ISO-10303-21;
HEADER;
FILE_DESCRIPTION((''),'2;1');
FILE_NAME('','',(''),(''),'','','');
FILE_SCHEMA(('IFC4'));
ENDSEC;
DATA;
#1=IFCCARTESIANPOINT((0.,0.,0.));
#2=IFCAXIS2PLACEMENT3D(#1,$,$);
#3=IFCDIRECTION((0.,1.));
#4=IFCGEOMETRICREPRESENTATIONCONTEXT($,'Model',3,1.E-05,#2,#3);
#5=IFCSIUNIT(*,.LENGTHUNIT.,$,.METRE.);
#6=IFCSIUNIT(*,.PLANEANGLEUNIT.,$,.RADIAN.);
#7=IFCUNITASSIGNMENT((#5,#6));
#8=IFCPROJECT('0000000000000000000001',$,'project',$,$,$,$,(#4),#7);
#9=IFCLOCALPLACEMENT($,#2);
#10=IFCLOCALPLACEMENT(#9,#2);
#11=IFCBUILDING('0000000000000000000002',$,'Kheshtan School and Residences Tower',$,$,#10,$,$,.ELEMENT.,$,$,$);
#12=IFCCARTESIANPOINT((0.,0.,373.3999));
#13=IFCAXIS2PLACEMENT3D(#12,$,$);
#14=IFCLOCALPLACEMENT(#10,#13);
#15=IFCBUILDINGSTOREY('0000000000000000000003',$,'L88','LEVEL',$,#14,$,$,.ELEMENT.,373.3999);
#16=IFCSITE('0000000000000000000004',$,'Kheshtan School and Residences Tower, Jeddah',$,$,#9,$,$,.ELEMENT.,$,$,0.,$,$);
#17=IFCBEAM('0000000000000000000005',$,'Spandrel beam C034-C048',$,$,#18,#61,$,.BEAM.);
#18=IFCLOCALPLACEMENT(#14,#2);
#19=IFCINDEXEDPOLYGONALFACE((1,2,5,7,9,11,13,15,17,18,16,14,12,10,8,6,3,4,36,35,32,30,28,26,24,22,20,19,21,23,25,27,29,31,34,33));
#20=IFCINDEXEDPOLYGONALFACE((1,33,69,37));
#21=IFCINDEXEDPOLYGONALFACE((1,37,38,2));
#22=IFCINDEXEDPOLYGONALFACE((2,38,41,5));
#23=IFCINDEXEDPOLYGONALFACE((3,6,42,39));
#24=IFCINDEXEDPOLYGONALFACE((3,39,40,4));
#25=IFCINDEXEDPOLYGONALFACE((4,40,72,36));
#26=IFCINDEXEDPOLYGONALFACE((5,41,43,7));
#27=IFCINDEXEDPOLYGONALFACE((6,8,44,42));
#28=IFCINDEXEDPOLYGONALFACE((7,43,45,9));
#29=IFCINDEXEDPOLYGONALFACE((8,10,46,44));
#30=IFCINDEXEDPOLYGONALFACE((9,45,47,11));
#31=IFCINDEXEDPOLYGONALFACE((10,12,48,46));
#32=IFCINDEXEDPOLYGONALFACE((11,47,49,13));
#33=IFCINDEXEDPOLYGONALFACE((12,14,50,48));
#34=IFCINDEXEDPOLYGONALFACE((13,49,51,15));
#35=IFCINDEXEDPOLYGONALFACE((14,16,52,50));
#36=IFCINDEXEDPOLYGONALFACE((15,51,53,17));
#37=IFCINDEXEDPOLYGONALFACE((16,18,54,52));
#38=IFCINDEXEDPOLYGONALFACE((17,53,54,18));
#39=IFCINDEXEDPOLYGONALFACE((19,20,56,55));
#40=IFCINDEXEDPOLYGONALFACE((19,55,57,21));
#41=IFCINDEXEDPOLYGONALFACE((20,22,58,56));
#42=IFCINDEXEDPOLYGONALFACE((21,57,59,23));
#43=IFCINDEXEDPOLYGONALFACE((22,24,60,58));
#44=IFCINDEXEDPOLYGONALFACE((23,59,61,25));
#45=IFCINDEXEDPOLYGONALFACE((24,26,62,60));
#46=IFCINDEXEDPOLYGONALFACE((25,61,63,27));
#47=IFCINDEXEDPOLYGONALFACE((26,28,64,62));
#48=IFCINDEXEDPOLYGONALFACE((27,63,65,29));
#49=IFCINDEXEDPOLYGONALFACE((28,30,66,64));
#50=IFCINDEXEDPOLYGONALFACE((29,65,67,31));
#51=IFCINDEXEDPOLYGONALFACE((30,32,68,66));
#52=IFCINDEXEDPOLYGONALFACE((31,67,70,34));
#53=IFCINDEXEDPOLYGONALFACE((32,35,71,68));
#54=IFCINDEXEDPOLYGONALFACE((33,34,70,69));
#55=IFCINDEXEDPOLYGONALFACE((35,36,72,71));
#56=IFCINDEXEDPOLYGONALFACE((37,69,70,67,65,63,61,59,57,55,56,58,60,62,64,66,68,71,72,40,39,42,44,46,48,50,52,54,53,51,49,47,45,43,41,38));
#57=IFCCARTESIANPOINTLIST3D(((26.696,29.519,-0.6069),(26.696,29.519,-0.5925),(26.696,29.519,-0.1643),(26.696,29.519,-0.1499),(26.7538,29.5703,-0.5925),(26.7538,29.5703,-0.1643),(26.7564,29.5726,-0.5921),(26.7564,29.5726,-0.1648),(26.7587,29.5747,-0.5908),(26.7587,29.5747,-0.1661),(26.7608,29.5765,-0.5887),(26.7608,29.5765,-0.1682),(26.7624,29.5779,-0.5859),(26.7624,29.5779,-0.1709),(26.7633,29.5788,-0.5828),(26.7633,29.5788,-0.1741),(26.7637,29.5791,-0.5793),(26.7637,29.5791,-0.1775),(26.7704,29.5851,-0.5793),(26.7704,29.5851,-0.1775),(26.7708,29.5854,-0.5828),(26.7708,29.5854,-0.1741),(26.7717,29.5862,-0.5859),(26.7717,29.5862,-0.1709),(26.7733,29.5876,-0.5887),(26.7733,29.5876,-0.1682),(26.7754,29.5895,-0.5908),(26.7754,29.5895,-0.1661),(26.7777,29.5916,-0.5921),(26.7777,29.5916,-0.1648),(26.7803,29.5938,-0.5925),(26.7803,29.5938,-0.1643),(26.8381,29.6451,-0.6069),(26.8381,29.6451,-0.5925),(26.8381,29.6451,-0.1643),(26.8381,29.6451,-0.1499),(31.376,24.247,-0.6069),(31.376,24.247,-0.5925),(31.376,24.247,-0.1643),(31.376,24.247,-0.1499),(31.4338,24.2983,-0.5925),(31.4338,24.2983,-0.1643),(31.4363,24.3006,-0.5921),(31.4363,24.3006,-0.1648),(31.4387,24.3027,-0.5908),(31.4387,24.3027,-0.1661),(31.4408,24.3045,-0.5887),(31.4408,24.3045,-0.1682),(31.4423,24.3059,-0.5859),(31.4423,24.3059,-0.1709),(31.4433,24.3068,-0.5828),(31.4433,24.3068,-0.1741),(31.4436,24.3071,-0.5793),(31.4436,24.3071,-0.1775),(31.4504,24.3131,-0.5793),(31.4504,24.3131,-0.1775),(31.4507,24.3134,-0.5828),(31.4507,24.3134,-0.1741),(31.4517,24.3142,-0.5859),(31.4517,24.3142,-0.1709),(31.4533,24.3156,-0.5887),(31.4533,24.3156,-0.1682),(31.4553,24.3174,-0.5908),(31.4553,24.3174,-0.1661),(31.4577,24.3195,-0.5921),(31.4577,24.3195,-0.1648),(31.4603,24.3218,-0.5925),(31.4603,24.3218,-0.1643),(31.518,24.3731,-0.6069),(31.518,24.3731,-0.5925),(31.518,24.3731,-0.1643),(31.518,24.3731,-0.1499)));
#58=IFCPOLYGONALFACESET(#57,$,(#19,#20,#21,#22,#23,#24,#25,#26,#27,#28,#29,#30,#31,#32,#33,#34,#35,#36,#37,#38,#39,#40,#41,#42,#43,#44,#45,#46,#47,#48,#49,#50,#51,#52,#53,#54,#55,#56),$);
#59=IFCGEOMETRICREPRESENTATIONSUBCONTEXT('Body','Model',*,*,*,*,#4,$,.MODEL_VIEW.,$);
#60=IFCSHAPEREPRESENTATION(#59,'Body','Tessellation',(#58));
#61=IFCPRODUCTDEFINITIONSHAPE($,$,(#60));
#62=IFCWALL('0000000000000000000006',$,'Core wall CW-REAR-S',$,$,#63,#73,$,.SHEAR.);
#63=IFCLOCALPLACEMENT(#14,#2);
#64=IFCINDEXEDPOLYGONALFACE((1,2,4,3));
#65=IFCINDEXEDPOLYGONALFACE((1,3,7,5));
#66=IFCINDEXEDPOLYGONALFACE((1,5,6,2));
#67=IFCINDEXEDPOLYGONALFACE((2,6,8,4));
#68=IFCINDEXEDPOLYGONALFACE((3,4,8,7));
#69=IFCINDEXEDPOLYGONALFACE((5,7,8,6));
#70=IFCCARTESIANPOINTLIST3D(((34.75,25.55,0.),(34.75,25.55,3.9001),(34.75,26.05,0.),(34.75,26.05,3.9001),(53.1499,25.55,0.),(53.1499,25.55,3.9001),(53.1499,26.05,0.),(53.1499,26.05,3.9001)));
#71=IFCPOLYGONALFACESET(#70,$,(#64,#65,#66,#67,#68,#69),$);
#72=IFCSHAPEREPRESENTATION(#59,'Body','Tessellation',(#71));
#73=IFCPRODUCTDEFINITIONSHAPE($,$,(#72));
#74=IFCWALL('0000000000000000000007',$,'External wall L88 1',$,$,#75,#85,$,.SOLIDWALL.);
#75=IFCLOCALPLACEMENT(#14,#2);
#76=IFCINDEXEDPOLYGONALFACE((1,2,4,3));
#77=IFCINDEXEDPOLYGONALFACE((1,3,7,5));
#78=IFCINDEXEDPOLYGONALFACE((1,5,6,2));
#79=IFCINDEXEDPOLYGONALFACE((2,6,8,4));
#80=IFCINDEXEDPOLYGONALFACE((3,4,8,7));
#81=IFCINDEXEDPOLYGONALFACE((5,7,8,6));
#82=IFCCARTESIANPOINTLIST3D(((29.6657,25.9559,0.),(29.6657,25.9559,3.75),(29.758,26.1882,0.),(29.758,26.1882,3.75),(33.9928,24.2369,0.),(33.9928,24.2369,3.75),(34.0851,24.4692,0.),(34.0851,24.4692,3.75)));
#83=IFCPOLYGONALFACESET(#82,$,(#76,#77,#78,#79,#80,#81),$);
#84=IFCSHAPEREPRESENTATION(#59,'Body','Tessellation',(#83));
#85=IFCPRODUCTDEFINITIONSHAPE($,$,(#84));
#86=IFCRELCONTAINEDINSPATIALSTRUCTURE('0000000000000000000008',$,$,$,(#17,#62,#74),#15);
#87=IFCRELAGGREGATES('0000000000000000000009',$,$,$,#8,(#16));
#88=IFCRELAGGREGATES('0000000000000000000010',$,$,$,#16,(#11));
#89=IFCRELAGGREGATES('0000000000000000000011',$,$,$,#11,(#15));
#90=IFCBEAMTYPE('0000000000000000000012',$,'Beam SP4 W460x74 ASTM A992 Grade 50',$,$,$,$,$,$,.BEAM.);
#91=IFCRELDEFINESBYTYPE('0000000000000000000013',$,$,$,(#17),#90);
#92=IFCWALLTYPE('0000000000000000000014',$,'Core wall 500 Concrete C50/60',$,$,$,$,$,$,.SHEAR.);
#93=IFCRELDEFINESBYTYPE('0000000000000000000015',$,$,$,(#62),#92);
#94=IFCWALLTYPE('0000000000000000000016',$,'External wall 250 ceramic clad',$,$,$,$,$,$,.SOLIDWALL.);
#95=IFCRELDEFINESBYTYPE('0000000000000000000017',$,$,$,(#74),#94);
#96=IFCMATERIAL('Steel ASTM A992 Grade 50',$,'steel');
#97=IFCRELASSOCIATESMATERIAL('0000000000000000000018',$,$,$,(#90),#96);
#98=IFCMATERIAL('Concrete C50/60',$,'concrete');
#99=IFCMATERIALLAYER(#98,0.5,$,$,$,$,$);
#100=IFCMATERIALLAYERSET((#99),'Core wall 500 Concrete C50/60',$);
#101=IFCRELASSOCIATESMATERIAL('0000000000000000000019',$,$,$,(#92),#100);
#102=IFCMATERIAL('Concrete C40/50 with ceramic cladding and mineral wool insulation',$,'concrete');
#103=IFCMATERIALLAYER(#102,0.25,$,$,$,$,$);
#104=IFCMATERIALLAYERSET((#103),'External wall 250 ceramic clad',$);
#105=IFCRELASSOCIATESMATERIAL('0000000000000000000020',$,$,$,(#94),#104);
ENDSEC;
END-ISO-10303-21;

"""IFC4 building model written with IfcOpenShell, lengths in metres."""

from ifc_helpers import new_model, si_unit, direction, frame, frame_2d, origin, origin_2d, place, context, subcontext, project, spatial, rectangle, i_section, extrude, material, layer, layer_set, material_profile, profile_set, type_object, element, save


model = new_model("IFC4")

# Units and contexts
model_context = context("Model", 3, precision=1e-05, world=origin(), true_north=direction((0.0, 1.0)))
body_context = subcontext(model_context, "Body", "Model", "MODEL_VIEW")
ifc_project = project(units=[si_unit("LENGTHUNIT", "METRE"), si_unit("PLANEANGLEUNIT", "RADIAN")], contexts=[model_context])

# Site, building, storey
site_placement = place(None, origin())
site = spatial("IfcSite", under=ifc_project, at=site_placement, Name="Kheshtan School and Residences Tower, Jeddah", CompositionType="ELEMENT", RefElevation=0.0)
building_placement = place(site_placement, origin())
building = spatial("IfcBuilding", under=site, at=building_placement, Name="Kheshtan School and Residences Tower", CompositionType="ELEMENT")
storey_placement = place(building_placement, frame((0.0, 0.0, 373.3999)))
storey = spatial("IfcBuildingStorey", under=building, at=storey_placement, Name="L88", Description="LEVEL", CompositionType="ELEMENT", Elevation=373.3999)

# Shared definitions
ifc_material_1 = material(Name="Steel ASTM A992 Grade 50", Category="steel")

# Beam
ifc_material_profile_1 = material_profile(ifc_material_1, i_section(OverallWidth=0.1899, OverallDepth=0.457, WebThickness=0.009, FlangeThickness=0.0144, FilletRadius=0.0132, at=origin_2d()), Name="W460x74")
ifc_profile_set_1 = profile_set([ifc_material_profile_1], Name="Steel ASTM A992 Grade 50")
beam_type_1 = type_object("IfcBeamType", Name="Beam SP4 W460x74 ASTM A992 Grade 50", PredefinedType="BEAM", material=ifc_profile_set_1)
beam_1_placement = place(storey_placement, frame((31.447, 24.3101, -0.3784), z_axis=(-0.663867, 0.747851, 0.0), x_axis=(-0.747851, -0.663867, 0.0)))
element("IfcBeam", 1, at=beam_1_placement, inside=storey, type_object=beam_type_1, Name="Spandrel beam C034-C048", PredefinedType="BEAM", context=body_context, shape_type="SweptSolid", body=[
    extrude(i_section(OverallWidth=0.1899, OverallDepth=0.457, WebThickness=0.009, FlangeThickness=0.0144, FilletRadius=0.0132, at=origin_2d()), origin(), (0.0, 0.0, 1.0), 7.0496),
])

# Walls
ifc_material_2 = material(Name="Concrete C50/60", Category="concrete")
ifc_layer_1 = layer(ifc_material_2, 0.5)
ifc_layer_set_1 = layer_set([ifc_layer_1], Name="Core wall 500 Concrete C50/60")
wall_type_1 = type_object("IfcWallType", Name="Core wall 500 Concrete C50/60", PredefinedType="SHEAR", material=ifc_layer_set_1)
wall_1_placement = place(storey_placement, frame((34.75, 25.8, 0.0), z_axis=(0.0, 0.0, 1.0), x_axis=(1.0, 0.0, 0.0)))
element("IfcWall", 2, at=wall_1_placement, inside=storey, type_object=wall_type_1, Name="Core wall CW-REAR-S", PredefinedType="SHEAR", context=body_context, shape_type="SweptSolid", body=[
    extrude(rectangle(XDim=18.3999, YDim=0.5, at=frame_2d((9.2, 0.0))), origin(), (0.0, 0.0, 1.0), 3.9001),
])
ifc_material_3 = material(Name="Concrete C40/50 with ceramic cladding and mineral wool insulation", Category="concrete")
ifc_layer_2 = layer(ifc_material_3, 0.25)
ifc_layer_set_2 = layer_set([ifc_layer_2], Name="External wall 250 ceramic clad")
wall_type_2 = type_object("IfcWallType", Name="External wall 250 ceramic clad", PredefinedType="SOLIDWALL", material=ifc_layer_set_2)
wall_2_placement = place(storey_placement, frame((34.0391, 24.353, 0.0), z_axis=(0.0, 0.0, 1.0), x_axis=(-0.929353, 0.369193, 0.0)))
element("IfcWall", 3, at=wall_2_placement, inside=storey, type_object=wall_type_2, Name="External wall L88 1", PredefinedType="SOLIDWALL", context=body_context, shape_type="SweptSolid", body=[
    extrude(rectangle(XDim=4.656, YDim=0.25, at=frame_2d((2.3281, 0.0))), origin(), (0.0, 0.0, 1.0), 3.75),
])

save(model, "model.ifc")
